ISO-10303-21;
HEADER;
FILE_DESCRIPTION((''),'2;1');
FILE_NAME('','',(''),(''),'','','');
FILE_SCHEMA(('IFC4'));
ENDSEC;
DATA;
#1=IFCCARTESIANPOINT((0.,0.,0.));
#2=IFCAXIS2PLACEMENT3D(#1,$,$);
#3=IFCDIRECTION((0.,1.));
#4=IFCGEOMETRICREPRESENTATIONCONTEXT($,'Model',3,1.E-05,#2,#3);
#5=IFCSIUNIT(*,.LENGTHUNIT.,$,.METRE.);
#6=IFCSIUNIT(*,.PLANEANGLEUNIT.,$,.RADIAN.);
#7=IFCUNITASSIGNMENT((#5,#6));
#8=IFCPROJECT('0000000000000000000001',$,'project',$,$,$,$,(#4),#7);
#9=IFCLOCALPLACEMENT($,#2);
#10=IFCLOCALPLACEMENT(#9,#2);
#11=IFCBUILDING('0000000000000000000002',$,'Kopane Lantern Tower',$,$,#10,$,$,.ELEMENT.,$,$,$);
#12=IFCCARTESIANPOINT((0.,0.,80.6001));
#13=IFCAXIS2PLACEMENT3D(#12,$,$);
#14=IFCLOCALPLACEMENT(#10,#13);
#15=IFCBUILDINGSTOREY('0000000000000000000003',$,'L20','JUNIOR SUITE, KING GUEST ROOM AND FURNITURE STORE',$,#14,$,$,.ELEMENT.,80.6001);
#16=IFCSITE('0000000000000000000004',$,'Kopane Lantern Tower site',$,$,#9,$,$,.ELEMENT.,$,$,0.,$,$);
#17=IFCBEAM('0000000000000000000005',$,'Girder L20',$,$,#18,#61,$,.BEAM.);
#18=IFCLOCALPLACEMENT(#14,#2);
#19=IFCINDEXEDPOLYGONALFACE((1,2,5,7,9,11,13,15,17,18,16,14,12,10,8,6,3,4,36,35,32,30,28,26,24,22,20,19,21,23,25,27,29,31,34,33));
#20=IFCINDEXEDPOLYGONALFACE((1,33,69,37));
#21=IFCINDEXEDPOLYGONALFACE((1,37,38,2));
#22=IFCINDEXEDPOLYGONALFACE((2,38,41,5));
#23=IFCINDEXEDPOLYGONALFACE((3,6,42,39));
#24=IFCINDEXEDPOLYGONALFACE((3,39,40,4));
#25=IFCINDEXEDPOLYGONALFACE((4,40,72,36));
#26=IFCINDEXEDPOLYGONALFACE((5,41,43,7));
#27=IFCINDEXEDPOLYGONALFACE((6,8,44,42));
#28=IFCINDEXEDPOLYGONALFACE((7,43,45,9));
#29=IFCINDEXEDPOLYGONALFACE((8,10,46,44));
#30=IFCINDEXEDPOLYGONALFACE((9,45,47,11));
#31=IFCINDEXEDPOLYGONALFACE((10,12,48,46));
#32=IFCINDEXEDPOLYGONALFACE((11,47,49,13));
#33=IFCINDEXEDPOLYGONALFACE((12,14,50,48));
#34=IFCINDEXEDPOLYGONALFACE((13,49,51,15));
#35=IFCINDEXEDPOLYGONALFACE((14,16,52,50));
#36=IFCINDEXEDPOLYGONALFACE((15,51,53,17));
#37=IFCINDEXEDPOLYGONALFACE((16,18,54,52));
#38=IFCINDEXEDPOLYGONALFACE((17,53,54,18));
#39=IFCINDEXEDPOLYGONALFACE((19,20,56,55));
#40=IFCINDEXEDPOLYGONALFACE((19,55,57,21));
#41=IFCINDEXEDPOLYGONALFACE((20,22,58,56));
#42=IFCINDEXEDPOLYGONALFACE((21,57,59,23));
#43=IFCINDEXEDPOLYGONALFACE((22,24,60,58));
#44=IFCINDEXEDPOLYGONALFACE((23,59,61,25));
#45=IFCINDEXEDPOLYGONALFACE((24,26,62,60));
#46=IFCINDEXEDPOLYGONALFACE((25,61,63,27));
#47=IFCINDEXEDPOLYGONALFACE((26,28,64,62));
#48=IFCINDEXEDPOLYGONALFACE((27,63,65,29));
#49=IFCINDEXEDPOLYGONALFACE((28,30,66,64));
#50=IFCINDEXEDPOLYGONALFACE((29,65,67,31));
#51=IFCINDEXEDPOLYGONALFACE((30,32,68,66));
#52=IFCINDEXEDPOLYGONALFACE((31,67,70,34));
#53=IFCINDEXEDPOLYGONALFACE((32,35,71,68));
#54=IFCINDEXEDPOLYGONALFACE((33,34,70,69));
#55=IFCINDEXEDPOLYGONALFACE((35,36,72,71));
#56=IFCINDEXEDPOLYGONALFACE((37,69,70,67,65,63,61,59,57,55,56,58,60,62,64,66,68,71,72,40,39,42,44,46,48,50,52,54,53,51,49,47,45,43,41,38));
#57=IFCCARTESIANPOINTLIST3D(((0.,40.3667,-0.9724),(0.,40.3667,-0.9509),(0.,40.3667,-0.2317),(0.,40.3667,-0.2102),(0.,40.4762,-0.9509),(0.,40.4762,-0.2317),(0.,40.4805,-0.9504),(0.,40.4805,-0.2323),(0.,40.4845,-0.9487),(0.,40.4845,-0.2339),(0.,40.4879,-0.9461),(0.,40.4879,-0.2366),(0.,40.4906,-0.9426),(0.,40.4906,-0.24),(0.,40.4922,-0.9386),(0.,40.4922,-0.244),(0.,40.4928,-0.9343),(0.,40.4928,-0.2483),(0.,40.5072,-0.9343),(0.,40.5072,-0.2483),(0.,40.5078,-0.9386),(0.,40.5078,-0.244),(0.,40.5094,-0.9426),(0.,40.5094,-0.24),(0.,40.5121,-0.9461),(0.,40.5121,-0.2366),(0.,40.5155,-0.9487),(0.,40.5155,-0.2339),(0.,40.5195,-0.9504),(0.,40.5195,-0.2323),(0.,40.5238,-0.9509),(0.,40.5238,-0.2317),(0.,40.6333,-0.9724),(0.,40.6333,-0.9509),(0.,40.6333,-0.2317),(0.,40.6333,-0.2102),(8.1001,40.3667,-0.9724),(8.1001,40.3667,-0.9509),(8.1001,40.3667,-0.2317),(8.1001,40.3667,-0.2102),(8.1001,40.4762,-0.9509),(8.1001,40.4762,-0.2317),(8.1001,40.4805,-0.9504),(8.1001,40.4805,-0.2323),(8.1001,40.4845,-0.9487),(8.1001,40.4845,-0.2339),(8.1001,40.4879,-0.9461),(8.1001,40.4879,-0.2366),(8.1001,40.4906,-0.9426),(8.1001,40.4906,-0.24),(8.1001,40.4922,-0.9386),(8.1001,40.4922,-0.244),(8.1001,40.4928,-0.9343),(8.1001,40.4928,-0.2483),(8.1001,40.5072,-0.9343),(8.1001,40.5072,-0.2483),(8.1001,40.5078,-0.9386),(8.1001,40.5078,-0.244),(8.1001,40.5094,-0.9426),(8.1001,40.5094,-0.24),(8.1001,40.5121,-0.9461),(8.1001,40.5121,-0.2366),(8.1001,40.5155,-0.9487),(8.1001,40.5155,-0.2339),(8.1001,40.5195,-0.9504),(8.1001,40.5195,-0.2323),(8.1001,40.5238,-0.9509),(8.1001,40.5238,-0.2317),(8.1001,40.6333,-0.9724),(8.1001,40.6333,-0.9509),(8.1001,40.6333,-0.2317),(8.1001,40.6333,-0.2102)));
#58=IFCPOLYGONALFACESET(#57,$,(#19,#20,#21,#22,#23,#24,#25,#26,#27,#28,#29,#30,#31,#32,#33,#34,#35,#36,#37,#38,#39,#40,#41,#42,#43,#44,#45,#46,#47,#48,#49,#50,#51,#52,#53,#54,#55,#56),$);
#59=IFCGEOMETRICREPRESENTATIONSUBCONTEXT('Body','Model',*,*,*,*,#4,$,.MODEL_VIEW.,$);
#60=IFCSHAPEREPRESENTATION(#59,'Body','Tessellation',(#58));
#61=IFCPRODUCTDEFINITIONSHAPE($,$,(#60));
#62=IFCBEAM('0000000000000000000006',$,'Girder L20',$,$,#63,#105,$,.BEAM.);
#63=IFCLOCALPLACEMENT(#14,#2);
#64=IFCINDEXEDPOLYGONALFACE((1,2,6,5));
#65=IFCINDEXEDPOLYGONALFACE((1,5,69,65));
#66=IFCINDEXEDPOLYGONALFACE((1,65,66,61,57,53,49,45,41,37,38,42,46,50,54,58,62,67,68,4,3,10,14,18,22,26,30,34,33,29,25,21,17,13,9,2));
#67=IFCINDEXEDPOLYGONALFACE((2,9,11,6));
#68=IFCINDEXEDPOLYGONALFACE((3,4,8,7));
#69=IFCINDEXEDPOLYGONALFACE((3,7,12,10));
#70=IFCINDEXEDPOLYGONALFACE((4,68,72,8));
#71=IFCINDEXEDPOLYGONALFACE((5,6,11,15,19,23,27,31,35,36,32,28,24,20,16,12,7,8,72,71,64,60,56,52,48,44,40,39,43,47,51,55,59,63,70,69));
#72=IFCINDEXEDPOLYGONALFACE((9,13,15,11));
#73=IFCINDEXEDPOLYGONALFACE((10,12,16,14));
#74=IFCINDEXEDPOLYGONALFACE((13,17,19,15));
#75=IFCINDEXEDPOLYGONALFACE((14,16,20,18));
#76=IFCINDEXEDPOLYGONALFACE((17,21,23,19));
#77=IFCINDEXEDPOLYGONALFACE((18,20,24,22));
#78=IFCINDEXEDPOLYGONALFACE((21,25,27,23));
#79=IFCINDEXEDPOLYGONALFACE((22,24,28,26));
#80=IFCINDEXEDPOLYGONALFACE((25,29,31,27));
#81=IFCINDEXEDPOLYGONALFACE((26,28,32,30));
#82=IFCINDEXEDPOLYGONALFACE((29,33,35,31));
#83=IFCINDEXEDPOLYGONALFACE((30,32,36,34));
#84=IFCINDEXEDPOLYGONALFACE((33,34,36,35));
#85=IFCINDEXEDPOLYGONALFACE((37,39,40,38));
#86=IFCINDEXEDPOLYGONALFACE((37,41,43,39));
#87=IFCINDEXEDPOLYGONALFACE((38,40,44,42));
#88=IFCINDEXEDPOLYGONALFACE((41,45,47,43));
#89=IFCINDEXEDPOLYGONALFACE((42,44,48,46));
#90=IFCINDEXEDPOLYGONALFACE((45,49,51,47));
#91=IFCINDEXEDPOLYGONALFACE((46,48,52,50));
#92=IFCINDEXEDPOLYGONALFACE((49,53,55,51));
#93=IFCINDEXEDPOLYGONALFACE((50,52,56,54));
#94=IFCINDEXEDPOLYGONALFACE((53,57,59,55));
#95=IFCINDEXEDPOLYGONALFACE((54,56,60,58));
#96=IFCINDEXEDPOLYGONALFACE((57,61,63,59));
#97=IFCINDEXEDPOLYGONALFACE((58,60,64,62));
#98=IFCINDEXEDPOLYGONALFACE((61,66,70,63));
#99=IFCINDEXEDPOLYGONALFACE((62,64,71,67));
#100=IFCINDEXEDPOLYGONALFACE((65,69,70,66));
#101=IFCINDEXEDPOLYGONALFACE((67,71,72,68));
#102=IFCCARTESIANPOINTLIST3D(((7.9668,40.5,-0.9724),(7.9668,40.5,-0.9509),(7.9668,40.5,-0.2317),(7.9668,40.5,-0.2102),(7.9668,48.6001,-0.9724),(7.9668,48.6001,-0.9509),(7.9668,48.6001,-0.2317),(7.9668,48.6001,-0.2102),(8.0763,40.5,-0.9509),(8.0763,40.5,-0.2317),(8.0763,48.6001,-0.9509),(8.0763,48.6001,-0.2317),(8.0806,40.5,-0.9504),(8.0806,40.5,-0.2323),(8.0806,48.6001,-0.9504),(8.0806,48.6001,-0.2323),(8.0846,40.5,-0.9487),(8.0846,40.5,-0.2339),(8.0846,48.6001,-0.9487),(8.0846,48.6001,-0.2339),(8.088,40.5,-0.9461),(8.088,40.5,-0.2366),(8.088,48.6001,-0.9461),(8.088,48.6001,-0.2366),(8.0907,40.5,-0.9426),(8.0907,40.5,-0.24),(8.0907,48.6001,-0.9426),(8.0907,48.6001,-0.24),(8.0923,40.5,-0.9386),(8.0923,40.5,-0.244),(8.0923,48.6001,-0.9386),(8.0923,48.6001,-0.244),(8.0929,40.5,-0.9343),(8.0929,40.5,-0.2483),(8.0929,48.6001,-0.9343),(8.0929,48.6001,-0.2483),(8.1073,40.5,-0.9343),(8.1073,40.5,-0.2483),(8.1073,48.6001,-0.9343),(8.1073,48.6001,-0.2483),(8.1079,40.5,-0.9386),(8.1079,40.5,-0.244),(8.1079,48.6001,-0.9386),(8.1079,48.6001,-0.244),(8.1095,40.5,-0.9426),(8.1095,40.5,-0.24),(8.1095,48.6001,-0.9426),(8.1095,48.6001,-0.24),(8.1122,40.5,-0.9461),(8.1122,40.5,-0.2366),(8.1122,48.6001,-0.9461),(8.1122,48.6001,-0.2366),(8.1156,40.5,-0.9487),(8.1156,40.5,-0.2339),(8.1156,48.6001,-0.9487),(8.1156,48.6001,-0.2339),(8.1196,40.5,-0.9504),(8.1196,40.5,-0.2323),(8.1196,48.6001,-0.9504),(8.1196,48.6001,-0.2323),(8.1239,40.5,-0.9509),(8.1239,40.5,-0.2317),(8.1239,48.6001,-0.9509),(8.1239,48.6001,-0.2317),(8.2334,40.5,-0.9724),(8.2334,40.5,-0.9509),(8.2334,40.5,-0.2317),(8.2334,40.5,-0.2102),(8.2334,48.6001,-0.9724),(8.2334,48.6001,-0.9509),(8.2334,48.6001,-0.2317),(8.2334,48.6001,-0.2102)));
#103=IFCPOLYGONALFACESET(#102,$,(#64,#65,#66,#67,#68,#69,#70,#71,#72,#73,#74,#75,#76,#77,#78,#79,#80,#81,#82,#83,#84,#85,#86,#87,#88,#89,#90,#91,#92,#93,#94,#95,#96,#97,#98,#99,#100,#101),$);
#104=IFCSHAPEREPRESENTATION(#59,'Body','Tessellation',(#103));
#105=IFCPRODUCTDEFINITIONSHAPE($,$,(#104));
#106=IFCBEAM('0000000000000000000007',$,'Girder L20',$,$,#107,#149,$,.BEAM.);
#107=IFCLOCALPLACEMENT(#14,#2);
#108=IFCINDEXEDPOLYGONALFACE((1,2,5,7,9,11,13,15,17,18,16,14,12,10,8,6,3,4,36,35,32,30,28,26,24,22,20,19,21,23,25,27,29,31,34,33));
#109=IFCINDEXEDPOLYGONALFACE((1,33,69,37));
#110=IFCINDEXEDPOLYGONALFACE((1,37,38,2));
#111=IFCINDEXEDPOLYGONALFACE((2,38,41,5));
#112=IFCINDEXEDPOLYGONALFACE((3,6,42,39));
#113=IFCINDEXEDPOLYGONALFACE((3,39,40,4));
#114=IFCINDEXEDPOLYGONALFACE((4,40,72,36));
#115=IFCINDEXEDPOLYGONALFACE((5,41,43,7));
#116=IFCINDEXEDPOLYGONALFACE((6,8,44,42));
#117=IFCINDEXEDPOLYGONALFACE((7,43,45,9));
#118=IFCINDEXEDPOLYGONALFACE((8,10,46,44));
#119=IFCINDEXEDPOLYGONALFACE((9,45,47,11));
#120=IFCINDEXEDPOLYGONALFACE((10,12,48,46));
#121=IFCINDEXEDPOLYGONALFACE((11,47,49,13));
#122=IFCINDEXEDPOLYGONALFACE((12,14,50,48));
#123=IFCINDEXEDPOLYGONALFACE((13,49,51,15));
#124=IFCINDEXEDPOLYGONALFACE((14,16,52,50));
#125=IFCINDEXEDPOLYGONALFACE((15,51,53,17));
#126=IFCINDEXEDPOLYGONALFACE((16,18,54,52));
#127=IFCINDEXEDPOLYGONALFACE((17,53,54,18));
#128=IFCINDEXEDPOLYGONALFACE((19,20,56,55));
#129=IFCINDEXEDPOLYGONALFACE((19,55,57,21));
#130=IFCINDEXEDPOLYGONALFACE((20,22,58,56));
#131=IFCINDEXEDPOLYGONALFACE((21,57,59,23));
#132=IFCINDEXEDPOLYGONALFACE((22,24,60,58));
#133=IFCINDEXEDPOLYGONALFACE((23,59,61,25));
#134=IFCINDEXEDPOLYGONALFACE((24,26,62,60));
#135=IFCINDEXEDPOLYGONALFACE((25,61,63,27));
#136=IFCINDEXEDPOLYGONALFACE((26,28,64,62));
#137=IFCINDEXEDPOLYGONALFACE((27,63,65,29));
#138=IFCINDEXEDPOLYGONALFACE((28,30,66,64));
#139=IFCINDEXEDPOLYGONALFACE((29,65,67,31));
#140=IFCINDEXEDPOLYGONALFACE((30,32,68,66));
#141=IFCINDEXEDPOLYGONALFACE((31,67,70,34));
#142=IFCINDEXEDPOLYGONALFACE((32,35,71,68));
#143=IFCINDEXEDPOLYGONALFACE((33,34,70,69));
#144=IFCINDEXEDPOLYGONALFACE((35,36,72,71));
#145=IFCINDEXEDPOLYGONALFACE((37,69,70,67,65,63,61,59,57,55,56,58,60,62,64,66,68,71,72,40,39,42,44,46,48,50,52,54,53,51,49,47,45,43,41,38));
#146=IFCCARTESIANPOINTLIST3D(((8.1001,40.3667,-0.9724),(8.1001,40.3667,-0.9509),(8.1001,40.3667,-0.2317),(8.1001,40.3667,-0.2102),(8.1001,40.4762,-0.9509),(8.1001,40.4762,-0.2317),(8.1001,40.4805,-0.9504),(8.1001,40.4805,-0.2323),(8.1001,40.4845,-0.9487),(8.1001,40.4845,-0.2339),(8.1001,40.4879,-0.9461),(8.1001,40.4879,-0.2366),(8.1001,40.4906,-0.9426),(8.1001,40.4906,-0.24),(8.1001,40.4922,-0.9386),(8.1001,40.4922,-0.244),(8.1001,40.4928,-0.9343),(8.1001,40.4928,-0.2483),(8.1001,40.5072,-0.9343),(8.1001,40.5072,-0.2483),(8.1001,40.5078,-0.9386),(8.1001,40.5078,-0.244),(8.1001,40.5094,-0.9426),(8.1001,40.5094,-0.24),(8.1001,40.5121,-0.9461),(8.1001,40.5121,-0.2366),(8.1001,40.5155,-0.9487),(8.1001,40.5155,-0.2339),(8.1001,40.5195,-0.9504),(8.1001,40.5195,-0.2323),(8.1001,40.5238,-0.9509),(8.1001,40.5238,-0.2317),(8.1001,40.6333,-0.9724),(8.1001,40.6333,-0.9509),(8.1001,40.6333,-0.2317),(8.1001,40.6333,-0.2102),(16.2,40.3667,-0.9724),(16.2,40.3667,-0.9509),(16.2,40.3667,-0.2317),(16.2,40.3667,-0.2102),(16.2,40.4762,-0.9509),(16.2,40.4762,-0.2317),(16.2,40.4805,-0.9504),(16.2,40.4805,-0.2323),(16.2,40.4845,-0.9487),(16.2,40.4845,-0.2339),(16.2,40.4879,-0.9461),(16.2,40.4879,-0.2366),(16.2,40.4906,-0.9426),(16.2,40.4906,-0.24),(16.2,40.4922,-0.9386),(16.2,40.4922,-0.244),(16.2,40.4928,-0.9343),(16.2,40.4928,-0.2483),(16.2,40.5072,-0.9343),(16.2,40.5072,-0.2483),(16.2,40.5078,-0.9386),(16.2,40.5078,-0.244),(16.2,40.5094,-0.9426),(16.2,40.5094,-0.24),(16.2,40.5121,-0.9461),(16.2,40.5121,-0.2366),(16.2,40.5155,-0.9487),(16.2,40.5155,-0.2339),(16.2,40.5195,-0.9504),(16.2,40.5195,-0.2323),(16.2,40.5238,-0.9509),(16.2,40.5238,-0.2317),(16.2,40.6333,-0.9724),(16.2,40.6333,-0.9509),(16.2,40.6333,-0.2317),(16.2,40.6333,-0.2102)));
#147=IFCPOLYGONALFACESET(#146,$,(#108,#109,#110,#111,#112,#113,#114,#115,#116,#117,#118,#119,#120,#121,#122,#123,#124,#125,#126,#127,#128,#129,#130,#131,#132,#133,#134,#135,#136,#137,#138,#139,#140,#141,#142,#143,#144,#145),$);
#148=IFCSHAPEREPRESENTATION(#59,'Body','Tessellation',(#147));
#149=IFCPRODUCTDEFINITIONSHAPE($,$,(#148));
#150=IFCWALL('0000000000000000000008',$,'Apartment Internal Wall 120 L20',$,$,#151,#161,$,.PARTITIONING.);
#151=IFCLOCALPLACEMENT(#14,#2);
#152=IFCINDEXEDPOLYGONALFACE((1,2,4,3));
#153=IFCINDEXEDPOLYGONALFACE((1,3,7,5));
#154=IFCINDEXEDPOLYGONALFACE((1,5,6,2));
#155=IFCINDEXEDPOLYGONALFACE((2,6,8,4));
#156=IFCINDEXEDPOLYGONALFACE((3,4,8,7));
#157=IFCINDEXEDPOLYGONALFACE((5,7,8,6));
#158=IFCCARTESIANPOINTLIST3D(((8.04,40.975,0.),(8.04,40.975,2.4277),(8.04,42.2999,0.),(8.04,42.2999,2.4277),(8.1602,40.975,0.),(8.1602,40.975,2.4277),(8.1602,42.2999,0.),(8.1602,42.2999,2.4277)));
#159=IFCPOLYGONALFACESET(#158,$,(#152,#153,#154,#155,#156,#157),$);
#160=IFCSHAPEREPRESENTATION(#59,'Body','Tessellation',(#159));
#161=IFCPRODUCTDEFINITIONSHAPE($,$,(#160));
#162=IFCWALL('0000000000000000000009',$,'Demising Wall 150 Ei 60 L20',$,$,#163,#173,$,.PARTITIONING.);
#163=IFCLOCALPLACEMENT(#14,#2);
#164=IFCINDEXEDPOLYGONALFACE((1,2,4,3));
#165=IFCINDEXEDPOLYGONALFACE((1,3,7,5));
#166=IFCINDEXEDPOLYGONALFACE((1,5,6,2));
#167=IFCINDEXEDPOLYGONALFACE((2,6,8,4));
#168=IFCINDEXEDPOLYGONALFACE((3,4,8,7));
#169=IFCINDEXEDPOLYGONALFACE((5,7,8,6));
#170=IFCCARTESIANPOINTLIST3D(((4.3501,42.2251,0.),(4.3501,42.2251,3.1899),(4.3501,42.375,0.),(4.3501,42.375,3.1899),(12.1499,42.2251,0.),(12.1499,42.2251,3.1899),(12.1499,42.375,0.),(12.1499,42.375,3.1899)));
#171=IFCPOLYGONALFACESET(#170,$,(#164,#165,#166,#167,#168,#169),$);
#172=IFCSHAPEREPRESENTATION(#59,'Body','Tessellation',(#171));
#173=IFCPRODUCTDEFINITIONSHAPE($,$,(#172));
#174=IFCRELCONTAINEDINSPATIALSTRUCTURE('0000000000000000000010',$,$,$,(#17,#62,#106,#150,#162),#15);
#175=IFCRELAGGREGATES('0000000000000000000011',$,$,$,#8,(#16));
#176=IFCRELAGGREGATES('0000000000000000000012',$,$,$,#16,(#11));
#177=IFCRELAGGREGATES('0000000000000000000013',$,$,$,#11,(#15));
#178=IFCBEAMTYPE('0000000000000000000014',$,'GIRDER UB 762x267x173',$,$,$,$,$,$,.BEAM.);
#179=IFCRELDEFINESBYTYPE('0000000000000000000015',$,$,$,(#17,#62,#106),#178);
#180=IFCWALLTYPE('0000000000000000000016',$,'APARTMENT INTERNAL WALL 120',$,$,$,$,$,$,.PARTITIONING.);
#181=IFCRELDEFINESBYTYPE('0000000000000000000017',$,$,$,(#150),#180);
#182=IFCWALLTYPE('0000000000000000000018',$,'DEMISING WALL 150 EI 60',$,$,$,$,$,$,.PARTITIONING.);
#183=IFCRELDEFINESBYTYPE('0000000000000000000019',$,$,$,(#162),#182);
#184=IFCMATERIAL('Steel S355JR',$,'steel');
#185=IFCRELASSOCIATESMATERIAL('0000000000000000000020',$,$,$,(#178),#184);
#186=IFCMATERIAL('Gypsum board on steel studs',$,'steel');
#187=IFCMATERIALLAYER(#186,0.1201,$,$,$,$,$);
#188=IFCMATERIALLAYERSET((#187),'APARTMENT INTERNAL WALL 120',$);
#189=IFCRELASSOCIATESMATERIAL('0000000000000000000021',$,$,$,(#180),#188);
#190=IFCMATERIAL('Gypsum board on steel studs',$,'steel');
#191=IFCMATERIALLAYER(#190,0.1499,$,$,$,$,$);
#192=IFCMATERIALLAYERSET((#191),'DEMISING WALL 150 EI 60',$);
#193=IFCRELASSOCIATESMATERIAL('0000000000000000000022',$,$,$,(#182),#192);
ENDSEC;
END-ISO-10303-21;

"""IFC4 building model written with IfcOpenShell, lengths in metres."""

from ifc_helpers import new_model, si_unit, direction, frame, frame_2d, origin, origin_2d, place, context, subcontext, project, spatial, rectangle, i_section, extrude, material, layer, layer_set, material_profile, profile_set, type_object, element, save


model = new_model("IFC4")

# Units and contexts
model_context = context("Model", 3, precision=1e-05, world=origin(), true_north=direction((0.0, 1.0)))
body_context = subcontext(model_context, "Body", "Model", "MODEL_VIEW")
ifc_project = project(units=[si_unit("LENGTHUNIT", "METRE"), si_unit("PLANEANGLEUNIT", "RADIAN")], contexts=[model_context])

# Site, building, storey
site_placement = place(None, origin())
site = spatial("IfcSite", under=ifc_project, at=site_placement, Name="Kopane Lantern Tower site", CompositionType="ELEMENT", RefElevation=0.0)
building_placement = place(site_placement, origin())
building = spatial("IfcBuilding", under=site, at=building_placement, Name="Kopane Lantern Tower", CompositionType="ELEMENT")
storey_placement = place(building_placement, frame((0.0, 0.0, 80.6001)))
storey = spatial("IfcBuildingStorey", under=building, at=storey_placement, Name="L20", Description="JUNIOR SUITE, KING GUEST ROOM AND FURNITURE STORE", CompositionType="ELEMENT", Elevation=80.6001)

# Beams
ifc_material_1 = material(Name="Steel S355JR", Category="steel")
ifc_material_profile_1 = material_profile(ifc_material_1, i_section(OverallWidth=0.2666, OverallDepth=0.7622, WebThickness=0.0144, FlangeThickness=0.0215, FilletRadius=0.0166, at=origin_2d()), Name="UB 762x267x173")
ifc_profile_set_1 = profile_set([ifc_material_profile_1], Name="Steel S355JR")
beam_type_1 = type_object("IfcBeamType", Name="GIRDER UB 762x267x173", PredefinedType="BEAM", material=ifc_profile_set_1)
for number, where, z_axis, x_axis, name in (
    (1, (0.0, 40.5, -0.5913), (1.0, 0.0, 0.0), (0.0, 1.0, 0.0), "Girder L20"),
    (2, (8.1001, 40.5, -0.5913), (0.0, 1.0, 0.0), (-1.0, 0.0, 0.0), "Girder L20"),
):
    element("IfcBeam", number, at=place(storey_placement, frame(where, z_axis=z_axis, x_axis=x_axis)), inside=storey, type_object=beam_type_1, Name=name, PredefinedType="BEAM", context=body_context, shape_type="SweptSolid", body=[
        extrude(i_section(OverallWidth=0.2666, OverallDepth=0.7622, WebThickness=0.0144, FlangeThickness=0.0215, FilletRadius=0.0166, at=origin_2d()), origin(), (0.0, 0.0, 1.0), 8.1001),
    ])
beam_1_placement = place(storey_placement, frame((8.1001, 40.5, -0.5913), z_axis=(1.0, 0.0, 0.0), x_axis=(0.0, 1.0, 0.0)))
element("IfcBeam", 3, at=beam_1_placement, inside=storey, type_object=beam_type_1, Name="Girder L20", PredefinedType="BEAM", context=body_context, shape_type="SweptSolid", body=[
    extrude(i_section(OverallWidth=0.2666, OverallDepth=0.7622, WebThickness=0.0144, FlangeThickness=0.0215, FilletRadius=0.0166, at=origin_2d()), origin(), (0.0, 0.0, 1.0), 8.0999),
])

# Walls
ifc_material_2 = material(Name="Gypsum board on steel studs", Category="steel")
ifc_layer_1 = layer(ifc_material_2, 0.1201)
ifc_layer_set_1 = layer_set([ifc_layer_1], Name="APARTMENT INTERNAL WALL 120")
wall_type_1 = type_object("IfcWallType", Name="APARTMENT INTERNAL WALL 120", PredefinedType="PARTITIONING", material=ifc_layer_set_1)
wall_1_placement = place(storey_placement, frame((8.1001, 42.3, 0.0), z_axis=(0.0, 0.0, 1.0), x_axis=(0.0, -1.0, 0.0)))
element("IfcWall", 4, at=wall_1_placement, inside=storey, type_object=wall_type_1, Name="Apartment Internal Wall 120 L20", PredefinedType="PARTITIONING", context=body_context, shape_type="SweptSolid", body=[
    extrude(rectangle(XDim=1.325, YDim=0.1201, at=frame_2d((0.6626, 0.0))), origin(), (0.0, 0.0, 1.0), 2.4277),
])
ifc_material_3 = material(Name="Gypsum board on steel studs", Category="steel")
ifc_layer_2 = layer(ifc_material_3, 0.1499)
ifc_layer_set_2 = layer_set([ifc_layer_2], Name="DEMISING WALL 150 EI 60")
wall_type_2 = type_object("IfcWallType", Name="DEMISING WALL 150 EI 60", PredefinedType="PARTITIONING", material=ifc_layer_set_2)
wall_2_placement = place(storey_placement, frame((4.3501, 42.3, 0.0), z_axis=(0.0, 0.0, 1.0), x_axis=(1.0, 0.0, 0.0)))
element("IfcWall", 5, at=wall_2_placement, inside=storey, type_object=wall_type_2, Name="Demising Wall 150 Ei 60 L20", PredefinedType="PARTITIONING", context=body_context, shape_type="SweptSolid", body=[
    extrude(rectangle(XDim=7.7998, YDim=0.1499, at=frame_2d((3.8999, 0.0))), origin(), (0.0, 0.0, 1.0), 3.1899),
])

save(model, "model.ifc")
